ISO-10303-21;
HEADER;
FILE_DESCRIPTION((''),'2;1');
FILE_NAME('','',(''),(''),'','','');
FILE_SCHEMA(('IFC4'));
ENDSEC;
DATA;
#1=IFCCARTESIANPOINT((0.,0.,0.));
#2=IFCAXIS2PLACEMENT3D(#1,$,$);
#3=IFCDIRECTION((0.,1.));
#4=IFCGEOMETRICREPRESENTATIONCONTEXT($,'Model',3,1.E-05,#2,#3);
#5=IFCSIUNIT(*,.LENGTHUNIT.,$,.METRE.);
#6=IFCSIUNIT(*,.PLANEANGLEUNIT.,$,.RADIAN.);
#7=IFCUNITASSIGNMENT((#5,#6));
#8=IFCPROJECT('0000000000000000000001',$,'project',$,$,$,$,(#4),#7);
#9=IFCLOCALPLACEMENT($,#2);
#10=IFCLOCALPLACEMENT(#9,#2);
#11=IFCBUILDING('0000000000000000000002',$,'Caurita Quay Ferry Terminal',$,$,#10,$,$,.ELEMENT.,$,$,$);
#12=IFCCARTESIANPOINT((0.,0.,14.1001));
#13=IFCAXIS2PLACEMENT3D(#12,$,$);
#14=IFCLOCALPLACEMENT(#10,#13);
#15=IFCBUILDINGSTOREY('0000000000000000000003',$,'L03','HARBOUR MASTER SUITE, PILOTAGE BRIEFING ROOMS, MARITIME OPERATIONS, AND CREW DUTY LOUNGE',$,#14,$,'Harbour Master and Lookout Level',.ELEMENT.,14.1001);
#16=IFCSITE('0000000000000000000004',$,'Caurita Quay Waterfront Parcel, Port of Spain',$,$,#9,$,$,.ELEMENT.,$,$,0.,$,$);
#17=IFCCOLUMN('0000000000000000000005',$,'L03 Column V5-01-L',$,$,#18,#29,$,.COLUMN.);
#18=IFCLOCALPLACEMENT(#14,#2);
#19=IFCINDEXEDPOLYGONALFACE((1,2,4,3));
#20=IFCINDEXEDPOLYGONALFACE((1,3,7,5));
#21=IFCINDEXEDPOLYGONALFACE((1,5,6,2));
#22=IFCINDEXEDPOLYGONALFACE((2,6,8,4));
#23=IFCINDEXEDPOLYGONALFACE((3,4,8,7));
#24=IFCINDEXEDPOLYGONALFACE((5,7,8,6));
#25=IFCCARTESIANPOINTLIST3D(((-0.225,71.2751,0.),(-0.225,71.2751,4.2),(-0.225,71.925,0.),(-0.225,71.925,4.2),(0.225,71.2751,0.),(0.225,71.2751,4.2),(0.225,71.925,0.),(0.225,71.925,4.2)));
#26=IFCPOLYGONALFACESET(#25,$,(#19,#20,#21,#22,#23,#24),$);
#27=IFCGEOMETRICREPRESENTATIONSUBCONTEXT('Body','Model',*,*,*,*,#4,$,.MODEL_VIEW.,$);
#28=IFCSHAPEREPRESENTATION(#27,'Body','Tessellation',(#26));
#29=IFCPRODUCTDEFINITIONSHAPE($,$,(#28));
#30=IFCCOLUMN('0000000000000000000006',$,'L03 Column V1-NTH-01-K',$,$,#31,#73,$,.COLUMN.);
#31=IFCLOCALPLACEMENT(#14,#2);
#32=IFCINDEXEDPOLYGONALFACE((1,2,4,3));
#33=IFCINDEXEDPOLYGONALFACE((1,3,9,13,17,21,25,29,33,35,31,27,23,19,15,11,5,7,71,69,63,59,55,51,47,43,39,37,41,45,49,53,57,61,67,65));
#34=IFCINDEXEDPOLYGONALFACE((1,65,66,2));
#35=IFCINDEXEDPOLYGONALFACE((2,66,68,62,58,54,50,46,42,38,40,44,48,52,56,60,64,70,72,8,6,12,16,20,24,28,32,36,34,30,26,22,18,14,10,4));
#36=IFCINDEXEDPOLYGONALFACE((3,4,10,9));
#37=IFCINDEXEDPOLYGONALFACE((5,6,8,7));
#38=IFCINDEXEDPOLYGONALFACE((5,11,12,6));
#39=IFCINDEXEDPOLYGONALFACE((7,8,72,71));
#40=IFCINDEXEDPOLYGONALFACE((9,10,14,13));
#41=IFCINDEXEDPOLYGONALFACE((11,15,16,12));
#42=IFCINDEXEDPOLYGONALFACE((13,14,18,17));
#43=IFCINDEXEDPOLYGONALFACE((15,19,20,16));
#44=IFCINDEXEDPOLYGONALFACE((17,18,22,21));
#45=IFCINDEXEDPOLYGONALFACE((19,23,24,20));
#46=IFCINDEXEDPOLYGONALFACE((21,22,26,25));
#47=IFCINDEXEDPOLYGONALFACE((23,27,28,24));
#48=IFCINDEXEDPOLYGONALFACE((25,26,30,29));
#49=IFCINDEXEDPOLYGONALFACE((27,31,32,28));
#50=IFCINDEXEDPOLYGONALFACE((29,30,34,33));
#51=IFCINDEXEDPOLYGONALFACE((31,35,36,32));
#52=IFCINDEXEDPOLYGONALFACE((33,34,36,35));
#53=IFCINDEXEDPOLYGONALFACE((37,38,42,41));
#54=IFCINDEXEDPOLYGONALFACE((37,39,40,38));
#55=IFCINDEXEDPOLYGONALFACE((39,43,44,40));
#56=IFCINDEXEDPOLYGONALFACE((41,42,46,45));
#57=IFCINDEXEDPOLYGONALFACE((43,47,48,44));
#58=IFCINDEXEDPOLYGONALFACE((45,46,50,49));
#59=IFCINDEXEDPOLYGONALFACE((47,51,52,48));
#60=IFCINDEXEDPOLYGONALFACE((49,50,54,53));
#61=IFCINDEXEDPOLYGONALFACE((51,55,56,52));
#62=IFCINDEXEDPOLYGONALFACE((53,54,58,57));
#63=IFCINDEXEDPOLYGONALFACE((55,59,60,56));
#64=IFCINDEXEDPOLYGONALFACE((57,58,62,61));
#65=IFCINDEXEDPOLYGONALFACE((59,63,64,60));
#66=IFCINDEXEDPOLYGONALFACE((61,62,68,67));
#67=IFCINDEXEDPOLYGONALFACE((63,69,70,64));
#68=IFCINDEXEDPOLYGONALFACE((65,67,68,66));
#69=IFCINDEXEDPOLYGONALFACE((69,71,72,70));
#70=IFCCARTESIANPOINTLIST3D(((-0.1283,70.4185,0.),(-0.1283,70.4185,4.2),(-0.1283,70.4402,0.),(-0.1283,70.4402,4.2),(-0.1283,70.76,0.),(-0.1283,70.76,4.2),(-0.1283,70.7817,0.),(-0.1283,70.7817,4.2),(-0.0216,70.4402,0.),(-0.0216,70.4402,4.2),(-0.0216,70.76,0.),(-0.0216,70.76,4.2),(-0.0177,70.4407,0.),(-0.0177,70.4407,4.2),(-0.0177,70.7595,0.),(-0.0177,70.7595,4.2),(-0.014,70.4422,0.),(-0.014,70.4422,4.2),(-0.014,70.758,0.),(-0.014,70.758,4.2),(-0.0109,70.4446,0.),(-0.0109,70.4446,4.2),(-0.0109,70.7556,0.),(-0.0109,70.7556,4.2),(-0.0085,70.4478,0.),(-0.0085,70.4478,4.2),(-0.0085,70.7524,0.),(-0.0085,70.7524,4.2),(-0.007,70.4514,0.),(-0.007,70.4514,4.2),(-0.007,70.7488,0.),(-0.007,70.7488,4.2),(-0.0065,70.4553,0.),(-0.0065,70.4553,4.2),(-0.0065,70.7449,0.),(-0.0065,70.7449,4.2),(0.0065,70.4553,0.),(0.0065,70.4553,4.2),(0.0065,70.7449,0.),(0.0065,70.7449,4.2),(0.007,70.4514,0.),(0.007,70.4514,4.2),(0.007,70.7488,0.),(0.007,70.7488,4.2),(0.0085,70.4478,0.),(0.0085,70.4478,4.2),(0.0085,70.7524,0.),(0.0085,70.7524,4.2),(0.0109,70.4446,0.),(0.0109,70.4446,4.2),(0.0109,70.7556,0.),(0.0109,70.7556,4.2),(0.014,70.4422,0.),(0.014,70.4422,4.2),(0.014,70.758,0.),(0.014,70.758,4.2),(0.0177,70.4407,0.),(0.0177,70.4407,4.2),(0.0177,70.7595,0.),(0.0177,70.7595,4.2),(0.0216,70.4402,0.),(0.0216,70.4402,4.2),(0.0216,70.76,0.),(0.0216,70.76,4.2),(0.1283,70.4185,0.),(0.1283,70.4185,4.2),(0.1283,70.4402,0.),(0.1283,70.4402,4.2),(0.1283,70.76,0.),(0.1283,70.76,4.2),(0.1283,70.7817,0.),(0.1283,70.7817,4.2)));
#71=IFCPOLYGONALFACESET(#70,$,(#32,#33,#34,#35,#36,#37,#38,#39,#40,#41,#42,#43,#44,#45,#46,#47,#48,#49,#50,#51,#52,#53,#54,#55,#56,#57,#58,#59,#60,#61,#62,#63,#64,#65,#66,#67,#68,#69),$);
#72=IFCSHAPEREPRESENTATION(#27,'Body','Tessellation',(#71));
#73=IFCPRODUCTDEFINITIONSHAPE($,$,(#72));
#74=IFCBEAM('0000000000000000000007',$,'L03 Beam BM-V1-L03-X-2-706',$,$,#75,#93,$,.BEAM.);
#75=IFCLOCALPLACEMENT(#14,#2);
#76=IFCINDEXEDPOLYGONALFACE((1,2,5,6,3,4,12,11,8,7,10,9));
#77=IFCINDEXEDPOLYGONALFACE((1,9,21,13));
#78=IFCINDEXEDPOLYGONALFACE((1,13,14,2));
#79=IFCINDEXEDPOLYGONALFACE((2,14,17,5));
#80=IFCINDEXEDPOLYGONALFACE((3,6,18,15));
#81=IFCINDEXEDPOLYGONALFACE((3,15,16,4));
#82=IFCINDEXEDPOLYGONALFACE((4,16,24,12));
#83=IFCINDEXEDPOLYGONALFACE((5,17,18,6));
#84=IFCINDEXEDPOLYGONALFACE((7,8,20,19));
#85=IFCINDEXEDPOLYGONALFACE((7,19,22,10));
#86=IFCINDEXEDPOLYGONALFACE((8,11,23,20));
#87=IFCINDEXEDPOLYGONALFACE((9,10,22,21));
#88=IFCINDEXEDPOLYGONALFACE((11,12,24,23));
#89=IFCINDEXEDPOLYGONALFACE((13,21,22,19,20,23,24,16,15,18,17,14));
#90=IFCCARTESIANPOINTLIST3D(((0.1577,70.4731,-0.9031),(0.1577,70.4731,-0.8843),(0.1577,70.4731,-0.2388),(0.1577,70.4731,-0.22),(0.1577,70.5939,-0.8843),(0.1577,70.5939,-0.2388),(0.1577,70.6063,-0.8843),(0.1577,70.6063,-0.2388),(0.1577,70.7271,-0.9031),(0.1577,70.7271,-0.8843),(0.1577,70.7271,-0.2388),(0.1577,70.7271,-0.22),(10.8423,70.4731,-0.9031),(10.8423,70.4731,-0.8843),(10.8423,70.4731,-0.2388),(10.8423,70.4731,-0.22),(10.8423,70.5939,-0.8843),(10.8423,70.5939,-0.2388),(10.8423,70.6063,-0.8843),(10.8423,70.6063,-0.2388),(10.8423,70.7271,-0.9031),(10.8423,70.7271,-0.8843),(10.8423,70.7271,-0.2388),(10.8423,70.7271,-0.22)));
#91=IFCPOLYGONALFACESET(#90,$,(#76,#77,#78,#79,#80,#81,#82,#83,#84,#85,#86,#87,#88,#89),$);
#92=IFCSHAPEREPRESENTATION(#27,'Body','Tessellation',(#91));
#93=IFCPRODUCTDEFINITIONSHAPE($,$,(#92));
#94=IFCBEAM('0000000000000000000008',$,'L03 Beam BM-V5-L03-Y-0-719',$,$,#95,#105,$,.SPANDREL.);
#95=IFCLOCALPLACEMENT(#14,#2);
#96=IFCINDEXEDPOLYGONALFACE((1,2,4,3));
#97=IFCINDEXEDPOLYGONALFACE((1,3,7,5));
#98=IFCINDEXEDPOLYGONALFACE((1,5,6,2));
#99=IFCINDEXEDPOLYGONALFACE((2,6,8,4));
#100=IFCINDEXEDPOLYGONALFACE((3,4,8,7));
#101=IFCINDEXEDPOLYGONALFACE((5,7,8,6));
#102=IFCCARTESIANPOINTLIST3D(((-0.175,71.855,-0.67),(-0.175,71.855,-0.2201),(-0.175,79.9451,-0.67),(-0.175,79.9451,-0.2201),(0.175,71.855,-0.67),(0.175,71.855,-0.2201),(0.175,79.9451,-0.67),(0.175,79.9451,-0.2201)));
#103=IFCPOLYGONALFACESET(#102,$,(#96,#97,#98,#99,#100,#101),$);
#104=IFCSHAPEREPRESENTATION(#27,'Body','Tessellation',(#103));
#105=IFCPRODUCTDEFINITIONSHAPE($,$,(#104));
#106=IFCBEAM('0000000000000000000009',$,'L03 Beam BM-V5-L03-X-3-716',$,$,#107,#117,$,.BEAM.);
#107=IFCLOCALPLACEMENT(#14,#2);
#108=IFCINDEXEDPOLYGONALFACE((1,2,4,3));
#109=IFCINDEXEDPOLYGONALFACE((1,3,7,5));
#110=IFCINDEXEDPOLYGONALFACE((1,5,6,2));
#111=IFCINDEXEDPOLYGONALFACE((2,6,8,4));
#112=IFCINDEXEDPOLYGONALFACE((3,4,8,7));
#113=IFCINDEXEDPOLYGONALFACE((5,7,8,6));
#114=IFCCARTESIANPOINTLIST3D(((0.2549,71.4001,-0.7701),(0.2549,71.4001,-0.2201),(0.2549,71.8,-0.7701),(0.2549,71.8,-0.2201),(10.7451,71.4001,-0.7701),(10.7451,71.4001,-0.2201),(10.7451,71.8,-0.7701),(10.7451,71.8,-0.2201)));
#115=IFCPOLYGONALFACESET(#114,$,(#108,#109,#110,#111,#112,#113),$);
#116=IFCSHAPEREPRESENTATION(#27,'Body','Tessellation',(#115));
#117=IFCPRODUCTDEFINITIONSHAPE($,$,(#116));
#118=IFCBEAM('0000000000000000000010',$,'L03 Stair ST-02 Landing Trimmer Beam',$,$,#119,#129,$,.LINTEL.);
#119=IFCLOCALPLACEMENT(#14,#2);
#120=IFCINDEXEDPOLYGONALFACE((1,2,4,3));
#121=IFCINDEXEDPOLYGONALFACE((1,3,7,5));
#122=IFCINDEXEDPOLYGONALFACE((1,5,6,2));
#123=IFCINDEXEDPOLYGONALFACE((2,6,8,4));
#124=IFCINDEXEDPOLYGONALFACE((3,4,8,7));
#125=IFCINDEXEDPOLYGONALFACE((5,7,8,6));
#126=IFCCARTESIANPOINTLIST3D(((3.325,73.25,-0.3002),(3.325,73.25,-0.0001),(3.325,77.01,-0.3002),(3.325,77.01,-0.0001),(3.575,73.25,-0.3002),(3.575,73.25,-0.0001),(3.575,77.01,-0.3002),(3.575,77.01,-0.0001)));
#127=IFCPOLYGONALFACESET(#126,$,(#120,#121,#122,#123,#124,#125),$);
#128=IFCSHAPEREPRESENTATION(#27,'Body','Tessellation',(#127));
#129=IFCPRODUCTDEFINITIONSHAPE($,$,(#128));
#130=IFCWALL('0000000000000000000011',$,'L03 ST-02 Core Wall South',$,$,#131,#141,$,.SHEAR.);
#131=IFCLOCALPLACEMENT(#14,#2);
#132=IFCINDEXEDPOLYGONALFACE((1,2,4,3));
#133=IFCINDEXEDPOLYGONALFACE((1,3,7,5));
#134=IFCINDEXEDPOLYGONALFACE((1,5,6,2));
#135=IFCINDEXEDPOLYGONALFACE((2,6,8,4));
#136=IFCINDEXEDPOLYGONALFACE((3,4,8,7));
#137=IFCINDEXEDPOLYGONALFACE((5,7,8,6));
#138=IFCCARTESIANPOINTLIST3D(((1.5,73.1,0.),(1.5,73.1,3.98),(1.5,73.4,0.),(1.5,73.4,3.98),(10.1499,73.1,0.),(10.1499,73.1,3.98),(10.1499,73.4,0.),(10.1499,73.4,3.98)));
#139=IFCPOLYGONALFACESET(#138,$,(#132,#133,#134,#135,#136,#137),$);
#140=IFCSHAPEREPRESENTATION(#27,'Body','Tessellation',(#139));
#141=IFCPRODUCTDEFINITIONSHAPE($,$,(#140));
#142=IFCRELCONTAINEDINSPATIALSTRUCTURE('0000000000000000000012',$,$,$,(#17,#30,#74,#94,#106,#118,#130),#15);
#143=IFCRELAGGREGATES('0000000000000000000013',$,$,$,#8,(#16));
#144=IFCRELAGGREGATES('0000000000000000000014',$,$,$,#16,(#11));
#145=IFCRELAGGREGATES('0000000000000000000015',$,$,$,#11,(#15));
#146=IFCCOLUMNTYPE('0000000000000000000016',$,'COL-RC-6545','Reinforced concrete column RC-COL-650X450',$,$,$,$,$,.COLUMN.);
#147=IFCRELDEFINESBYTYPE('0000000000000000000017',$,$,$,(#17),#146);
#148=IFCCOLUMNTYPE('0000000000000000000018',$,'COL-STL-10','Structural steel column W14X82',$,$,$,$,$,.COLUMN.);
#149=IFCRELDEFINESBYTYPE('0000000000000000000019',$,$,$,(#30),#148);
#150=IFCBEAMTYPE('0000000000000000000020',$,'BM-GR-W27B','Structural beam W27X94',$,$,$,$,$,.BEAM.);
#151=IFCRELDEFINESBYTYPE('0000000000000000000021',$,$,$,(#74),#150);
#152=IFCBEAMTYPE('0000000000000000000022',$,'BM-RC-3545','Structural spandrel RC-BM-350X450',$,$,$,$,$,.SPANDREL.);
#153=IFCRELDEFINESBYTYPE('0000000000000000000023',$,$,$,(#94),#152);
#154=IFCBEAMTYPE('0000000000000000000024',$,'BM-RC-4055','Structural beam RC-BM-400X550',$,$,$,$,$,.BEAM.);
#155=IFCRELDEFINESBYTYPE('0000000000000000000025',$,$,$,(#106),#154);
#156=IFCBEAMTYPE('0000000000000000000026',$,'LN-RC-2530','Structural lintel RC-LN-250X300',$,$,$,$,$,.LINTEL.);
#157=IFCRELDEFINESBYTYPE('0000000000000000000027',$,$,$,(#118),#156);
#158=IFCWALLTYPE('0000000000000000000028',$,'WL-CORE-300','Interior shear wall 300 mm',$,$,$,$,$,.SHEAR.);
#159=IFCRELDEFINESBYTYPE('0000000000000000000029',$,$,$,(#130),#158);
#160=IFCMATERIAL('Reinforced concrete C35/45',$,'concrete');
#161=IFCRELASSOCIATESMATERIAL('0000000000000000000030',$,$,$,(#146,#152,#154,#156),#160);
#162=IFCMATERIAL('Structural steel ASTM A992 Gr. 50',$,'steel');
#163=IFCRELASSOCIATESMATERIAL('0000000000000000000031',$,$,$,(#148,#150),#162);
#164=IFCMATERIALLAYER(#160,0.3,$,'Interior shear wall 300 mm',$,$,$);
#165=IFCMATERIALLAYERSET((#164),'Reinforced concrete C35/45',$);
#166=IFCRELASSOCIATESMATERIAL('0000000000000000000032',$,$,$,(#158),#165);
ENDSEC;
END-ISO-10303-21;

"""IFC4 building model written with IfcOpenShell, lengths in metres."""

from ifc_helpers import new_model, si_unit, direction, frame, frame_2d, origin, origin_2d, place, context, subcontext, project, spatial, rectangle, i_section, extrude, material, layer, layer_set, material_profile, profile_set, type_object, element, save


model = new_model("IFC4")

# Units and contexts
model_context = context("Model", 3, precision=1e-05, world=origin(), true_north=direction((0.0, 1.0)))
body_context = subcontext(model_context, "Body", "Model", "MODEL_VIEW")
ifc_project = project(units=[si_unit("LENGTHUNIT", "METRE"), si_unit("PLANEANGLEUNIT", "RADIAN")], contexts=[model_context])

# Site, building, storey
site_placement = place(None, origin())
site = spatial("IfcSite", under=ifc_project, at=site_placement, Name="Caurita Quay Waterfront Parcel, Port of Spain", CompositionType="ELEMENT", RefElevation=0.0)
building_placement = place(site_placement, origin())
building = spatial("IfcBuilding", under=site, at=building_placement, Name="Caurita Quay Ferry Terminal", CompositionType="ELEMENT")
storey_placement = place(building_placement, frame((0.0, 0.0, 14.1001)))
storey = spatial("IfcBuildingStorey", under=building, at=storey_placement, Name="L03", Description="HARBOUR MASTER SUITE, PILOTAGE BRIEFING ROOMS, MARITIME OPERATIONS, AND CREW DUTY LOUNGE", LongName="Harbour Master and Lookout Level", CompositionType="ELEMENT", Elevation=14.1001)

# Columns
ifc_material_1 = material(Name="Reinforced concrete C35/45", Category="concrete")
ifc_material_profile_1 = material_profile(ifc_material_1, rectangle(XDim=0.45, YDim=0.6499, at=origin_2d()), Name="RC-COL-650X450")
ifc_profile_set_1 = profile_set([ifc_material_profile_1], Name="Reinforced concrete C35/45")
column_type_1 = type_object("IfcColumnType", Name="COL-RC-6545", Description="Reinforced concrete column RC-COL-650X450", PredefinedType="COLUMN", material=ifc_profile_set_1)
column_1_placement = place(storey_placement, frame((0.0, 71.6001, 0.0), z_axis=(0.0, 0.0, 1.0), x_axis=(1.0, 0.0, 0.0)))
element("IfcColumn", 1, at=column_1_placement, inside=storey, type_object=column_type_1, Name="L03 Column V5-01-L", PredefinedType="COLUMN", context=body_context, shape_type="SweptSolid", body=[
    extrude(rectangle(XDim=0.45, YDim=0.6499, at=origin_2d()), origin(), (0.0, 0.0, 1.0), 4.2),
])
ifc_material_2 = material(Name="Structural steel ASTM A992 Gr. 50", Category="steel")
ifc_material_profile_2 = material_profile(ifc_material_2, i_section(OverallWidth=0.2566, OverallDepth=0.3633, WebThickness=0.0129, FlangeThickness=0.0217, FilletRadius=0.0151, at=origin_2d()), Name="W14X82")
ifc_profile_set_2 = profile_set([ifc_material_profile_2], Name="Structural steel ASTM A992 Gr. 50")
column_type_2 = type_object("IfcColumnType", Name="COL-STL-10", Description="Structural steel column W14X82", PredefinedType="COLUMN", material=ifc_profile_set_2)
column_2_placement = place(storey_placement, frame((0.0, 70.6001, 0.0), z_axis=(0.0, 0.0, 1.0), x_axis=(1.0, 0.0, 0.0)))
element("IfcColumn", 2, at=column_2_placement, inside=storey, type_object=column_type_2, Name="L03 Column V1-NTH-01-K", PredefinedType="COLUMN", context=body_context, shape_type="SweptSolid", body=[
    extrude(i_section(OverallWidth=0.2566, OverallDepth=0.3633, WebThickness=0.0129, FlangeThickness=0.0217, FilletRadius=0.0151, at=origin_2d()), origin(), (0.0, 0.0, 1.0), 4.2),
])

# Beams
ifc_material_profile_3 = material_profile(ifc_material_2, i_section(OverallWidth=0.2539, OverallDepth=0.6831, WebThickness=0.0125, FlangeThickness=0.0188, at=origin_2d()), Name="W27X94")
ifc_profile_set_3 = profile_set([ifc_material_profile_3], Name="Structural steel ASTM A992 Gr. 50")
beam_type_1 = type_object("IfcBeamType", Name="BM-GR-W27B", Description="Structural beam W27X94", PredefinedType="BEAM", material=ifc_profile_set_3)
beam_1_placement = place(storey_placement, frame((0.1577, 70.6001, -0.5615), z_axis=(1.0, 0.0, 0.0), x_axis=(0.0, 1.0, 0.0)))
element("IfcBeam", 3, at=beam_1_placement, inside=storey, type_object=beam_type_1, Name="L03 Beam BM-V1-L03-X-2-706", PredefinedType="BEAM", context=body_context, shape_type="SweptSolid", body=[
    extrude(i_section(OverallWidth=0.2539, OverallDepth=0.6831, WebThickness=0.0125, FlangeThickness=0.0188, at=origin_2d()), origin(), (0.0, 0.0, 1.0), 10.6846),
])
ifc_material_profile_4 = material_profile(ifc_material_1, rectangle(XDim=0.3501, YDim=0.45, at=origin_2d()), Name="RC-BM-350X450")
ifc_profile_set_4 = profile_set([ifc_material_profile_4], Name="Reinforced concrete C35/45")
beam_type_2 = type_object("IfcBeamType", Name="BM-RC-3545", Description="Structural spandrel RC-BM-350X450", PredefinedType="SPANDREL", material=ifc_profile_set_4)
beam_2_placement = place(storey_placement, frame((0.0, 71.855, -0.4451), z_axis=(0.0, 1.0, 0.0), x_axis=(-1.0, 0.0, 0.0)))
element("IfcBeam", 4, at=beam_2_placement, inside=storey, type_object=beam_type_2, Name="L03 Beam BM-V5-L03-Y-0-719", PredefinedType="SPANDREL", context=body_context, shape_type="SweptSolid", body=[
    extrude(rectangle(XDim=0.3501, YDim=0.45, at=origin_2d()), origin(), (0.0, 0.0, 1.0), 8.0901),
])
ifc_material_profile_5 = material_profile(ifc_material_1, rectangle(XDim=0.3999, YDim=0.55, at=origin_2d()), Name="RC-BM-400X550")
ifc_profile_set_5 = profile_set([ifc_material_profile_5], Name="Reinforced concrete C35/45")
beam_type_3 = type_object("IfcBeamType", Name="BM-RC-4055", Description="Structural beam RC-BM-400X550", PredefinedType="BEAM", material=ifc_profile_set_5)
beam_3_placement = place(storey_placement, frame((0.2549, 71.6001, -0.4951), z_axis=(1.0, 0.0, 0.0), x_axis=(0.0, 1.0, 0.0)))
element("IfcBeam", 5, at=beam_3_placement, inside=storey, type_object=beam_type_3, Name="L03 Beam BM-V5-L03-X-3-716", PredefinedType="BEAM", context=body_context, shape_type="SweptSolid", body=[
    extrude(rectangle(XDim=0.3999, YDim=0.55, at=origin_2d()), origin(), (0.0, 0.0, 1.0), 10.4902),
])
ifc_material_profile_6 = material_profile(ifc_material_1, rectangle(XDim=0.25, YDim=0.3, at=origin_2d()), Name="RC-LN-250X300")
ifc_profile_set_6 = profile_set([ifc_material_profile_6], Name="Reinforced concrete C35/45")
beam_type_4 = type_object("IfcBeamType", Name="LN-RC-2530", Description="Structural lintel RC-LN-250X300", PredefinedType="LINTEL", material=ifc_profile_set_6)
beam_4_placement = place(storey_placement, frame((3.45, 73.25, -0.1501), z_axis=(0.0, 1.0, 0.0), x_axis=(-1.0, 0.0, 0.0)))
element("IfcBeam", 6, at=beam_4_placement, inside=storey, type_object=beam_type_4, Name="L03 Stair ST-02 Landing Trimmer Beam", PredefinedType="LINTEL", context=body_context, shape_type="SweptSolid", body=[
    extrude(rectangle(XDim=0.25, YDim=0.3, at=origin_2d()), origin(), (0.0, 0.0, 1.0), 3.76),
])

# Wall
ifc_layer_1 = layer(ifc_material_1, 0.3, Name="Interior shear wall 300 mm")
ifc_layer_set_1 = layer_set([ifc_layer_1], Name="Reinforced concrete C35/45")
wall_type_1 = type_object("IfcWallType", Name="WL-CORE-300", Description="Interior shear wall 300 mm", PredefinedType="SHEAR", material=ifc_layer_set_1)
wall_1_placement = place(storey_placement, frame((1.5, 73.25, 0.0), z_axis=(0.0, 0.0, 1.0), x_axis=(1.0, 0.0, 0.0)))
element("IfcWall", 7, at=wall_1_placement, inside=storey, type_object=wall_type_1, Name="L03 ST-02 Core Wall South", PredefinedType="SHEAR", context=body_context, shape_type="SweptSolid", body=[
    extrude(rectangle(XDim=8.6499, YDim=0.3, at=frame_2d((4.325, 0.0))), origin(), (0.0, 0.0, 1.0), 3.98),
])

save(model, "model.ifc")
